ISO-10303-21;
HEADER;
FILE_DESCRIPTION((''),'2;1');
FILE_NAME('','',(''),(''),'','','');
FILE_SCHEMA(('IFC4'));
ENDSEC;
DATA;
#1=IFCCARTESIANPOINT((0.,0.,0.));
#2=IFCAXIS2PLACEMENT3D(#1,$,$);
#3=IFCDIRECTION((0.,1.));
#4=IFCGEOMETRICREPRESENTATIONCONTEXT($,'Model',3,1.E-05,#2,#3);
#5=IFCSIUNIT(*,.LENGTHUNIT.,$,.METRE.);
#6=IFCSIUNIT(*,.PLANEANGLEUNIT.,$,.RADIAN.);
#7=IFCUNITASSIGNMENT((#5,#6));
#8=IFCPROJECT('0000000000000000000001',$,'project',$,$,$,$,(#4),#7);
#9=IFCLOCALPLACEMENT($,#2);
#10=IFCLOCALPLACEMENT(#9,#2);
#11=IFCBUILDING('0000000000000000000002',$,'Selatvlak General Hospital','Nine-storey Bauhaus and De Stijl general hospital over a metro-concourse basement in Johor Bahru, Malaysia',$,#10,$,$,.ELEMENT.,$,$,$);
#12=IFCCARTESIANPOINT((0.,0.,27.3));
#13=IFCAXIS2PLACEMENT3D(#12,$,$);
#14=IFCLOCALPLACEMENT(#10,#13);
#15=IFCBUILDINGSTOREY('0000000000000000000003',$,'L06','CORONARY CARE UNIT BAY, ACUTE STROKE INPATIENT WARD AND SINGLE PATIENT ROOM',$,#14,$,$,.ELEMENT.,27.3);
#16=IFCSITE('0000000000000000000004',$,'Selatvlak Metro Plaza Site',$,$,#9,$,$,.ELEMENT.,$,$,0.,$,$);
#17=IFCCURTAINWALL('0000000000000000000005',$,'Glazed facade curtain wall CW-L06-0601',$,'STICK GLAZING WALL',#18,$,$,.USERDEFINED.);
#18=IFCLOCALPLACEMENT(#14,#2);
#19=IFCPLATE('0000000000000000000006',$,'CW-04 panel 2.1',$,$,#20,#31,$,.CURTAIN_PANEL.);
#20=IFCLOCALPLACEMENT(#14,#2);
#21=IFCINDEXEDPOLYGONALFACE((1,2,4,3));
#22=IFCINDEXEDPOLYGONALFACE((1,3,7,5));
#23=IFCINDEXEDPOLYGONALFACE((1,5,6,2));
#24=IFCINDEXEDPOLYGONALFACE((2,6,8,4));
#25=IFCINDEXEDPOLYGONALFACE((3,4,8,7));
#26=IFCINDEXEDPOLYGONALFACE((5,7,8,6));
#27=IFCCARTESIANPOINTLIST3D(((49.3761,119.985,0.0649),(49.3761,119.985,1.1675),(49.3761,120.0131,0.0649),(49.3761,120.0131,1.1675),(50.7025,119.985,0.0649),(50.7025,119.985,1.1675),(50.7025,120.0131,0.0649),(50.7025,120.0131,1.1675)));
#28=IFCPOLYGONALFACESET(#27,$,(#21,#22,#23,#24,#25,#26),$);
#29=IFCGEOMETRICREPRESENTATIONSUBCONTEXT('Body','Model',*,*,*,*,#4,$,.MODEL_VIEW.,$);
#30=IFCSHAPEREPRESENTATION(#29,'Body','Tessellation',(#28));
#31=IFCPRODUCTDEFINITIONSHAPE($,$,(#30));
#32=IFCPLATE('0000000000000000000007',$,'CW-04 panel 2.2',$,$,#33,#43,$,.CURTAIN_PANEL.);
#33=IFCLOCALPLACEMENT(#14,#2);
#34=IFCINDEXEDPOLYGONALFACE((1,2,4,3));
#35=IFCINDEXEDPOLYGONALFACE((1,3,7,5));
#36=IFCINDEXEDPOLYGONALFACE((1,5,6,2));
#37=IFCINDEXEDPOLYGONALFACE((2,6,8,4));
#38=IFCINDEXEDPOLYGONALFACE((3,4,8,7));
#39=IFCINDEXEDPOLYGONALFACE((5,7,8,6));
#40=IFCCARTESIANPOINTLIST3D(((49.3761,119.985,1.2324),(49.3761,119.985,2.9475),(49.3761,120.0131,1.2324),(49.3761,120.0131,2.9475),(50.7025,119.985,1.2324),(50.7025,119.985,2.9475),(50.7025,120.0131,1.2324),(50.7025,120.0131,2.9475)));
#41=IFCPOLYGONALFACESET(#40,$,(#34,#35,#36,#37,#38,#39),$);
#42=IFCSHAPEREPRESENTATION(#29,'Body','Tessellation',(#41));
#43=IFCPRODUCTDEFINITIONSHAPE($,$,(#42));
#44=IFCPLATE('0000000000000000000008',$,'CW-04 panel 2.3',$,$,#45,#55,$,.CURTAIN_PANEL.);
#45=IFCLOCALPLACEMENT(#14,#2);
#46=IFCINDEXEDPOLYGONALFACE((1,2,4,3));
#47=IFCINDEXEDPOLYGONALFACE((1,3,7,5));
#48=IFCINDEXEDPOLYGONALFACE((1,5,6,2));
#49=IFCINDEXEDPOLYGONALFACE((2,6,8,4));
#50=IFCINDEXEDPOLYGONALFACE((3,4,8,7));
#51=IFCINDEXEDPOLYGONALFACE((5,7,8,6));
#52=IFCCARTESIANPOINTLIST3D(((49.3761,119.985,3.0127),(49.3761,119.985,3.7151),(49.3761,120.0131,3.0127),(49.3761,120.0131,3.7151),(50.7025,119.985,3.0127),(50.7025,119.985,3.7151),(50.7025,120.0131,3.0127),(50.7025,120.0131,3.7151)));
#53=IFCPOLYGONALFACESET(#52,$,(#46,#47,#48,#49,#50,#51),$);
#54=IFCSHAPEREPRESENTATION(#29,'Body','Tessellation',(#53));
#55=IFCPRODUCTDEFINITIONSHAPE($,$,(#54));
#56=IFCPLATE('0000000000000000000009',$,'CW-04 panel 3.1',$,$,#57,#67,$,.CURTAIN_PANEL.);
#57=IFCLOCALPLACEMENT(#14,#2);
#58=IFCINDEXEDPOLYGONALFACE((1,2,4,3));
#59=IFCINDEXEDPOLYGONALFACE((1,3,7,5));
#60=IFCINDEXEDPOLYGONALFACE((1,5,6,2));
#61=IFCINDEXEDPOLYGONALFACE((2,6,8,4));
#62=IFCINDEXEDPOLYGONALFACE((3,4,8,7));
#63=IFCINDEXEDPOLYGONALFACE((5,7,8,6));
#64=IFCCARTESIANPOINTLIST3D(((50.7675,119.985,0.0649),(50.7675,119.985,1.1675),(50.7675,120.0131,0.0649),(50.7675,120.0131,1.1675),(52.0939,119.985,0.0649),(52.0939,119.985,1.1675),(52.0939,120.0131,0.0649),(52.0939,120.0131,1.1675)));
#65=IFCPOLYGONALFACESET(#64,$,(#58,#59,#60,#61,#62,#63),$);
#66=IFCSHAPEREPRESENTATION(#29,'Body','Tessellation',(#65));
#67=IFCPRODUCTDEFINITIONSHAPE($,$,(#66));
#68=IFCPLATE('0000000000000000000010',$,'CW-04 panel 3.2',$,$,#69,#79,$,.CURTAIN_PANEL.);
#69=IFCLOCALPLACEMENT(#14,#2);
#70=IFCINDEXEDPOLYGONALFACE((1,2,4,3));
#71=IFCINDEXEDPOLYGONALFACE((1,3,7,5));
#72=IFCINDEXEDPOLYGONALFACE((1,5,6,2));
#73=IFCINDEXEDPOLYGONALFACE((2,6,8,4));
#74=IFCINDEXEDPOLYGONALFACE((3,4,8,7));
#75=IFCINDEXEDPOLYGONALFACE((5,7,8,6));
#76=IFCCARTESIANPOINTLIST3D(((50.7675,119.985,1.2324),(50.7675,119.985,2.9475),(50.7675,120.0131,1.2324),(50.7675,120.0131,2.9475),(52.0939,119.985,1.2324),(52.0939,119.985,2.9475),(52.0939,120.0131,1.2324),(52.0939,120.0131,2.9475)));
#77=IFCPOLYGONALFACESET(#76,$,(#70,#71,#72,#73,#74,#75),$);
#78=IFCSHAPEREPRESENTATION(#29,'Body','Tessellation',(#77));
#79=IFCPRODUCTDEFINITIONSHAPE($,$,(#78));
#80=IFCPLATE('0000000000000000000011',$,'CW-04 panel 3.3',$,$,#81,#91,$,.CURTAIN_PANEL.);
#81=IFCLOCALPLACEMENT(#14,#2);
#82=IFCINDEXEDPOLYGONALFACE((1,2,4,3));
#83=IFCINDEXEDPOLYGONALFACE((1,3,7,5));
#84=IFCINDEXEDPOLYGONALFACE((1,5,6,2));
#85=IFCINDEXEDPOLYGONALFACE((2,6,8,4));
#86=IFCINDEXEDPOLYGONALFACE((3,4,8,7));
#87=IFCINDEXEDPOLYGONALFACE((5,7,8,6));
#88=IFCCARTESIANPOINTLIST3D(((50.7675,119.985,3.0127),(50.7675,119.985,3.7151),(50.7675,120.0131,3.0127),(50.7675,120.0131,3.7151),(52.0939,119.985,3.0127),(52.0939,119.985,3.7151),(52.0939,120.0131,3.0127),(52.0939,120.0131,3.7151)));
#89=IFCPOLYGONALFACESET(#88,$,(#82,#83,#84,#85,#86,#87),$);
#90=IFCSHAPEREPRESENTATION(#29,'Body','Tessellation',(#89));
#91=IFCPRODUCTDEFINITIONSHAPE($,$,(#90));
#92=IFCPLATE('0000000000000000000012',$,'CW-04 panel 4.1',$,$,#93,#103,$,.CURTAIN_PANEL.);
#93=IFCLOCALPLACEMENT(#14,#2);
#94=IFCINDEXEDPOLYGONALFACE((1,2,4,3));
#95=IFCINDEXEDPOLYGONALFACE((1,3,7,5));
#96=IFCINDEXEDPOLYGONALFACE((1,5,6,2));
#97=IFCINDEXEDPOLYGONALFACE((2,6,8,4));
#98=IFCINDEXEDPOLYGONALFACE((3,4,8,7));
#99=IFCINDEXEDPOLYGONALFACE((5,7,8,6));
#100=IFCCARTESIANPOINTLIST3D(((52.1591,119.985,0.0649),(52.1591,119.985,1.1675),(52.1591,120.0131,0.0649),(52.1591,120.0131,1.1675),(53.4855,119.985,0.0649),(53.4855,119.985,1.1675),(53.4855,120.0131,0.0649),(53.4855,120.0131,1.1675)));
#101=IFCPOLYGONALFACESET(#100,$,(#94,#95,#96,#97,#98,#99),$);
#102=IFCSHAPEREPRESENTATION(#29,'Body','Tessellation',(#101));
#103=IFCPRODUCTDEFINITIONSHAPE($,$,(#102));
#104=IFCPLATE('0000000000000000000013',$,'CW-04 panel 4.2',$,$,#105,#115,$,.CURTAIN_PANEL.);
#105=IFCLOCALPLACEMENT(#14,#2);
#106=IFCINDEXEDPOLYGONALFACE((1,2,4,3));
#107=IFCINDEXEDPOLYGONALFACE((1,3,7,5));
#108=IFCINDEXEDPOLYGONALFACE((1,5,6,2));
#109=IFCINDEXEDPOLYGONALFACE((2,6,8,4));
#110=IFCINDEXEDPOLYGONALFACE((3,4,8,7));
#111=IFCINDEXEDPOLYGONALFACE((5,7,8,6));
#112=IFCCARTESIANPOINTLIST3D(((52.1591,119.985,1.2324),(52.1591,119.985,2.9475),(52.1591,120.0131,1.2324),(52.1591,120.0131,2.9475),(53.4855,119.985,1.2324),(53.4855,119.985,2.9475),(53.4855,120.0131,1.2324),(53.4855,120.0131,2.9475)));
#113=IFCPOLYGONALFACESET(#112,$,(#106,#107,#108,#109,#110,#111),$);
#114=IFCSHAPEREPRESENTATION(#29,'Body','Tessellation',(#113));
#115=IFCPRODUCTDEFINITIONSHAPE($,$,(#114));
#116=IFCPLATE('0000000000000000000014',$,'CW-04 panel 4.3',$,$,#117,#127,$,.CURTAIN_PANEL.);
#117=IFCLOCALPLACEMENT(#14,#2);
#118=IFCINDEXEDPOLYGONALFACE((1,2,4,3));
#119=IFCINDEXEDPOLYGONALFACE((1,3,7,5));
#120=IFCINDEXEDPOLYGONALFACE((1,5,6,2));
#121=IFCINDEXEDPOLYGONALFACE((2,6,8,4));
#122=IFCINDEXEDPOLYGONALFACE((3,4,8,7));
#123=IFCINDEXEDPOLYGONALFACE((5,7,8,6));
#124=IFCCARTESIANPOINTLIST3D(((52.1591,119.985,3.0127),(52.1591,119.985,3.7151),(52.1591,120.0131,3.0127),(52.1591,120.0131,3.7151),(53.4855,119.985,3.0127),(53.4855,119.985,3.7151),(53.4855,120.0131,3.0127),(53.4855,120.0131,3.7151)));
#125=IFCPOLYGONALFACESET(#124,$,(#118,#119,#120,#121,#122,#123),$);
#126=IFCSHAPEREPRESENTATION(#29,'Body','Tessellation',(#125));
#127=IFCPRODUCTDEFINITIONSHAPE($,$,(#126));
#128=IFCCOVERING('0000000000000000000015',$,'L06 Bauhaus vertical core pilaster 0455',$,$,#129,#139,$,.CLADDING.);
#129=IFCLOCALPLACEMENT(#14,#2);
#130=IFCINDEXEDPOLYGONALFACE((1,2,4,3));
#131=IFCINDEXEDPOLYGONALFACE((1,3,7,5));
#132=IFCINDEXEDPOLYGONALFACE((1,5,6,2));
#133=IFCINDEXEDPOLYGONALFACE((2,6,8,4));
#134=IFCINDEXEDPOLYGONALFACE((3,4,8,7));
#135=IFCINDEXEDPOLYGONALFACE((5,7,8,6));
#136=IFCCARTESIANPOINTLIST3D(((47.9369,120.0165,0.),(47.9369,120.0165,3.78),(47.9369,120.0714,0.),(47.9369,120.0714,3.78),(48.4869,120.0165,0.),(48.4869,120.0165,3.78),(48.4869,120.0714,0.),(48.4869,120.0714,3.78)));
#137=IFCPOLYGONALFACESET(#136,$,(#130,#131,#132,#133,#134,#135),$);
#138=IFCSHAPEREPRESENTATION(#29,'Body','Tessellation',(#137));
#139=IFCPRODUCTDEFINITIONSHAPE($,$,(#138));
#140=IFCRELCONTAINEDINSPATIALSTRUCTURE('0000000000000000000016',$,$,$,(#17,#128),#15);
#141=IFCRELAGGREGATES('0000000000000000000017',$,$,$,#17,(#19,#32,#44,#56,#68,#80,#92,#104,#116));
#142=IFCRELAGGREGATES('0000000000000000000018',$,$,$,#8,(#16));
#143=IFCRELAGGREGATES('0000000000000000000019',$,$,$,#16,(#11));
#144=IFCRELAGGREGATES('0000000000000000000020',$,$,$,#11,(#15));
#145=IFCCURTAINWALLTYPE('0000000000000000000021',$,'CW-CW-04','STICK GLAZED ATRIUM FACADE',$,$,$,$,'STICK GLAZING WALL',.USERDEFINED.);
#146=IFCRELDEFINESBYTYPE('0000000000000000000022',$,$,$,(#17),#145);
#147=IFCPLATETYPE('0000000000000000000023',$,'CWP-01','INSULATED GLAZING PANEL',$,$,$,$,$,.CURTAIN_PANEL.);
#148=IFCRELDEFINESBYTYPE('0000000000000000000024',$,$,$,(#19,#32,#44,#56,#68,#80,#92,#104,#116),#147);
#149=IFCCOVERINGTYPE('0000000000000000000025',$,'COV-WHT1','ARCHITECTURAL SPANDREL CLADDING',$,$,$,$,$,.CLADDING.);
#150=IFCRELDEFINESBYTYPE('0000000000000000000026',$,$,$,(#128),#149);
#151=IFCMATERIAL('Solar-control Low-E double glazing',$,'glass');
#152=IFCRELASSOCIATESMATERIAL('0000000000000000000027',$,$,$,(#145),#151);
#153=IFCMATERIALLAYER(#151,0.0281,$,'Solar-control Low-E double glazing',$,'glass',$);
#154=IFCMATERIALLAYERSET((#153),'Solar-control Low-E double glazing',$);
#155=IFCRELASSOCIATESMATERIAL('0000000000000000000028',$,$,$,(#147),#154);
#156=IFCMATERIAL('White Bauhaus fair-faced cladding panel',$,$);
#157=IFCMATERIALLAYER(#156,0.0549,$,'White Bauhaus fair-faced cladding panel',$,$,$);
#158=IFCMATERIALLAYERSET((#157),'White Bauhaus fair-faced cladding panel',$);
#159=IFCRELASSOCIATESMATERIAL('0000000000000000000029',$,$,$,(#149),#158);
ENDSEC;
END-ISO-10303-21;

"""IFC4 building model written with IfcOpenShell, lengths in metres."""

from ifc_helpers import new_model, si_unit, direction, frame, origin, origin_2d, place, context, subcontext, project, spatial, rectangle, extrude, material, layer, layer_set, type_object, element, aggregate, save


model = new_model("IFC4")

# Units and contexts
model_context = context("Model", 3, precision=1e-05, world=origin(), true_north=direction((0.0, 1.0)))
body_context = subcontext(model_context, "Body", "Model", "MODEL_VIEW")
ifc_project = project(units=[si_unit("LENGTHUNIT", "METRE"), si_unit("PLANEANGLEUNIT", "RADIAN")], contexts=[model_context])

# Site, building, storey
site_placement = place(None, origin())
site = spatial("IfcSite", under=ifc_project, at=site_placement, Name="Selatvlak Metro Plaza Site", CompositionType="ELEMENT", RefElevation=0.0)
building_placement = place(site_placement, origin())
building = spatial("IfcBuilding", under=site, at=building_placement, Name="Selatvlak General Hospital", Description="Nine-storey Bauhaus and De Stijl general hospital over a metro-concourse basement in Johor Bahru, Malaysia", CompositionType="ELEMENT")
storey_placement = place(building_placement, frame((0.0, 0.0, 27.3)))
storey = spatial("IfcBuildingStorey", under=building, at=storey_placement, Name="L06", Description="CORONARY CARE UNIT BAY, ACUTE STROKE INPATIENT WARD AND SINGLE PATIENT ROOM", CompositionType="ELEMENT", Elevation=27.3)

# Curtain wall, plates
ifc_material_1 = material(Name="Solar-control Low-E double glazing", Category="glass")
curtain_wall_type = type_object("IfcCurtainWallType", Name="CW-CW-04", Description="STICK GLAZED ATRIUM FACADE", ElementType="STICK GLAZING WALL", PredefinedType="USERDEFINED", material=ifc_material_1)
curtain_wall_placement = place(storey_placement, origin())
curtain_wall = element("IfcCurtainWall", 1, at=curtain_wall_placement, inside=storey, type_object=curtain_wall_type, Name="Glazed facade curtain wall CW-L06-0601", ObjectType="STICK GLAZING WALL", PredefinedType="USERDEFINED")
ifc_layer_1 = layer(ifc_material_1, 0.0281, Name="Solar-control Low-E double glazing", Category="glass")
ifc_layer_set_1 = layer_set([ifc_layer_1], Name="Solar-control Low-E double glazing")
plate_type = type_object("IfcPlateType", Name="CWP-01", Description="INSULATED GLAZING PANEL", PredefinedType="CURTAIN_PANEL", material=ifc_layer_set_1)
plate_1_placement = place(storey_placement, frame((50.0393, 119.999, 0.0649), z_axis=(0.0, 0.0, 1.0), x_axis=(1.0, 0.0, 0.0)))
plate_1 = element("IfcPlate", 2, at=plate_1_placement, type_object=plate_type, Name="CW-04 panel 2.1", PredefinedType="CURTAIN_PANEL", context=body_context, shape_type="SweptSolid", body=[
    extrude(rectangle(XDim=1.3264, YDim=0.0281, at=origin_2d()), origin(), (0.0, 0.0, 1.0), 1.1025),
])
plate_2_placement = place(storey_placement, frame((50.0393, 119.999, 1.2324), z_axis=(0.0, 0.0, 1.0), x_axis=(1.0, 0.0, 0.0)))
plate_2 = element("IfcPlate", 3, at=plate_2_placement, type_object=plate_type, Name="CW-04 panel 2.2", PredefinedType="CURTAIN_PANEL", context=body_context, shape_type="SweptSolid", body=[
    extrude(rectangle(XDim=1.3264, YDim=0.0281, at=origin_2d()), origin(), (0.0, 0.0, 1.0), 1.7151),
])
plate_3_placement = place(storey_placement, frame((50.0393, 119.999, 3.0127), z_axis=(0.0, 0.0, 1.0), x_axis=(1.0, 0.0, 0.0)))
plate_3 = element("IfcPlate", 4, at=plate_3_placement, type_object=plate_type, Name="CW-04 panel 2.3", PredefinedType="CURTAIN_PANEL", context=body_context, shape_type="SweptSolid", body=[
    extrude(rectangle(XDim=1.3264, YDim=0.0281, at=origin_2d()), origin(), (0.0, 0.0, 1.0), 0.7024),
])
plate_4_placement = place(storey_placement, frame((51.4307, 119.999, 0.0649), z_axis=(0.0, 0.0, 1.0), x_axis=(1.0, 0.0, 0.0)))
plate_4 = element("IfcPlate", 5, at=plate_4_placement, type_object=plate_type, Name="CW-04 panel 3.1", PredefinedType="CURTAIN_PANEL", context=body_context, shape_type="SweptSolid", body=[
    extrude(rectangle(XDim=1.3264, YDim=0.0281, at=origin_2d()), origin(), (0.0, 0.0, 1.0), 1.1025),
])
plate_5_placement = place(storey_placement, frame((51.4307, 119.999, 1.2324), z_axis=(0.0, 0.0, 1.0), x_axis=(1.0, 0.0, 0.0)))
plate_5 = element("IfcPlate", 6, at=plate_5_placement, type_object=plate_type, Name="CW-04 panel 3.2", PredefinedType="CURTAIN_PANEL", context=body_context, shape_type="SweptSolid", body=[
    extrude(rectangle(XDim=1.3264, YDim=0.0281, at=origin_2d()), origin(), (0.0, 0.0, 1.0), 1.7151),
])
plate_6_placement = place(storey_placement, frame((51.4307, 119.999, 3.0127), z_axis=(0.0, 0.0, 1.0), x_axis=(1.0, 0.0, 0.0)))
plate_6 = element("IfcPlate", 7, at=plate_6_placement, type_object=plate_type, Name="CW-04 panel 3.3", PredefinedType="CURTAIN_PANEL", context=body_context, shape_type="SweptSolid", body=[
    extrude(rectangle(XDim=1.3264, YDim=0.0281, at=origin_2d()), origin(), (0.0, 0.0, 1.0), 0.7024),
])
plate_7_placement = place(storey_placement, frame((52.8223, 119.999, 0.0649), z_axis=(0.0, 0.0, 1.0), x_axis=(1.0, 0.0, 0.0)))
plate_7 = element("IfcPlate", 8, at=plate_7_placement, type_object=plate_type, Name="CW-04 panel 4.1", PredefinedType="CURTAIN_PANEL", context=body_context, shape_type="SweptSolid", body=[
    extrude(rectangle(XDim=1.3264, YDim=0.0281, at=origin_2d()), origin(), (0.0, 0.0, 1.0), 1.1025),
])
plate_8_placement = place(storey_placement, frame((52.8223, 119.999, 1.2324), z_axis=(0.0, 0.0, 1.0), x_axis=(1.0, 0.0, 0.0)))
plate_8 = element("IfcPlate", 9, at=plate_8_placement, type_object=plate_type, Name="CW-04 panel 4.2", PredefinedType="CURTAIN_PANEL", context=body_context, shape_type="SweptSolid", body=[
    extrude(rectangle(XDim=1.3264, YDim=0.0281, at=origin_2d()), origin(), (0.0, 0.0, 1.0), 1.7151),
])
plate_9_placement = place(storey_placement, frame((52.8223, 119.999, 3.0127), z_axis=(0.0, 0.0, 1.0), x_axis=(1.0, 0.0, 0.0)))
plate_9 = element("IfcPlate", 10, at=plate_9_placement, type_object=plate_type, Name="CW-04 panel 4.3", PredefinedType="CURTAIN_PANEL", context=body_context, shape_type="SweptSolid", body=[
    extrude(rectangle(XDim=1.3264, YDim=0.0281, at=origin_2d()), origin(), (0.0, 0.0, 1.0), 0.7024),
])
aggregate(curtain_wall, [plate_1, plate_2, plate_3, plate_4, plate_5, plate_6, plate_7, plate_8, plate_9])

# Covering
ifc_material_2 = material(Name="White Bauhaus fair-faced cladding panel")
ifc_layer_2 = layer(ifc_material_2, 0.0549, Name="White Bauhaus fair-faced cladding panel")
ifc_layer_set_2 = layer_set([ifc_layer_2], Name="White Bauhaus fair-faced cladding panel")
covering_type = type_object("IfcCoveringType", Name="COV-WHT1", Description="ARCHITECTURAL SPANDREL CLADDING", PredefinedType="CLADDING", material=ifc_layer_set_2)
covering_placement = place(storey_placement, frame((48.2119, 120.0439, 0.0), z_axis=(0.0, 0.0, 1.0), x_axis=(1.0, 0.0, 0.0)))
element("IfcCovering", 11, at=covering_placement, inside=storey, type_object=covering_type, Name="L06 Bauhaus vertical core pilaster 0455", PredefinedType="CLADDING", context=body_context, shape_type="SweptSolid", body=[
    extrude(rectangle(XDim=0.55, YDim=0.0549, at=origin_2d()), origin(), (0.0, 0.0, 1.0), 3.78),
])

save(model, "model.ifc")
